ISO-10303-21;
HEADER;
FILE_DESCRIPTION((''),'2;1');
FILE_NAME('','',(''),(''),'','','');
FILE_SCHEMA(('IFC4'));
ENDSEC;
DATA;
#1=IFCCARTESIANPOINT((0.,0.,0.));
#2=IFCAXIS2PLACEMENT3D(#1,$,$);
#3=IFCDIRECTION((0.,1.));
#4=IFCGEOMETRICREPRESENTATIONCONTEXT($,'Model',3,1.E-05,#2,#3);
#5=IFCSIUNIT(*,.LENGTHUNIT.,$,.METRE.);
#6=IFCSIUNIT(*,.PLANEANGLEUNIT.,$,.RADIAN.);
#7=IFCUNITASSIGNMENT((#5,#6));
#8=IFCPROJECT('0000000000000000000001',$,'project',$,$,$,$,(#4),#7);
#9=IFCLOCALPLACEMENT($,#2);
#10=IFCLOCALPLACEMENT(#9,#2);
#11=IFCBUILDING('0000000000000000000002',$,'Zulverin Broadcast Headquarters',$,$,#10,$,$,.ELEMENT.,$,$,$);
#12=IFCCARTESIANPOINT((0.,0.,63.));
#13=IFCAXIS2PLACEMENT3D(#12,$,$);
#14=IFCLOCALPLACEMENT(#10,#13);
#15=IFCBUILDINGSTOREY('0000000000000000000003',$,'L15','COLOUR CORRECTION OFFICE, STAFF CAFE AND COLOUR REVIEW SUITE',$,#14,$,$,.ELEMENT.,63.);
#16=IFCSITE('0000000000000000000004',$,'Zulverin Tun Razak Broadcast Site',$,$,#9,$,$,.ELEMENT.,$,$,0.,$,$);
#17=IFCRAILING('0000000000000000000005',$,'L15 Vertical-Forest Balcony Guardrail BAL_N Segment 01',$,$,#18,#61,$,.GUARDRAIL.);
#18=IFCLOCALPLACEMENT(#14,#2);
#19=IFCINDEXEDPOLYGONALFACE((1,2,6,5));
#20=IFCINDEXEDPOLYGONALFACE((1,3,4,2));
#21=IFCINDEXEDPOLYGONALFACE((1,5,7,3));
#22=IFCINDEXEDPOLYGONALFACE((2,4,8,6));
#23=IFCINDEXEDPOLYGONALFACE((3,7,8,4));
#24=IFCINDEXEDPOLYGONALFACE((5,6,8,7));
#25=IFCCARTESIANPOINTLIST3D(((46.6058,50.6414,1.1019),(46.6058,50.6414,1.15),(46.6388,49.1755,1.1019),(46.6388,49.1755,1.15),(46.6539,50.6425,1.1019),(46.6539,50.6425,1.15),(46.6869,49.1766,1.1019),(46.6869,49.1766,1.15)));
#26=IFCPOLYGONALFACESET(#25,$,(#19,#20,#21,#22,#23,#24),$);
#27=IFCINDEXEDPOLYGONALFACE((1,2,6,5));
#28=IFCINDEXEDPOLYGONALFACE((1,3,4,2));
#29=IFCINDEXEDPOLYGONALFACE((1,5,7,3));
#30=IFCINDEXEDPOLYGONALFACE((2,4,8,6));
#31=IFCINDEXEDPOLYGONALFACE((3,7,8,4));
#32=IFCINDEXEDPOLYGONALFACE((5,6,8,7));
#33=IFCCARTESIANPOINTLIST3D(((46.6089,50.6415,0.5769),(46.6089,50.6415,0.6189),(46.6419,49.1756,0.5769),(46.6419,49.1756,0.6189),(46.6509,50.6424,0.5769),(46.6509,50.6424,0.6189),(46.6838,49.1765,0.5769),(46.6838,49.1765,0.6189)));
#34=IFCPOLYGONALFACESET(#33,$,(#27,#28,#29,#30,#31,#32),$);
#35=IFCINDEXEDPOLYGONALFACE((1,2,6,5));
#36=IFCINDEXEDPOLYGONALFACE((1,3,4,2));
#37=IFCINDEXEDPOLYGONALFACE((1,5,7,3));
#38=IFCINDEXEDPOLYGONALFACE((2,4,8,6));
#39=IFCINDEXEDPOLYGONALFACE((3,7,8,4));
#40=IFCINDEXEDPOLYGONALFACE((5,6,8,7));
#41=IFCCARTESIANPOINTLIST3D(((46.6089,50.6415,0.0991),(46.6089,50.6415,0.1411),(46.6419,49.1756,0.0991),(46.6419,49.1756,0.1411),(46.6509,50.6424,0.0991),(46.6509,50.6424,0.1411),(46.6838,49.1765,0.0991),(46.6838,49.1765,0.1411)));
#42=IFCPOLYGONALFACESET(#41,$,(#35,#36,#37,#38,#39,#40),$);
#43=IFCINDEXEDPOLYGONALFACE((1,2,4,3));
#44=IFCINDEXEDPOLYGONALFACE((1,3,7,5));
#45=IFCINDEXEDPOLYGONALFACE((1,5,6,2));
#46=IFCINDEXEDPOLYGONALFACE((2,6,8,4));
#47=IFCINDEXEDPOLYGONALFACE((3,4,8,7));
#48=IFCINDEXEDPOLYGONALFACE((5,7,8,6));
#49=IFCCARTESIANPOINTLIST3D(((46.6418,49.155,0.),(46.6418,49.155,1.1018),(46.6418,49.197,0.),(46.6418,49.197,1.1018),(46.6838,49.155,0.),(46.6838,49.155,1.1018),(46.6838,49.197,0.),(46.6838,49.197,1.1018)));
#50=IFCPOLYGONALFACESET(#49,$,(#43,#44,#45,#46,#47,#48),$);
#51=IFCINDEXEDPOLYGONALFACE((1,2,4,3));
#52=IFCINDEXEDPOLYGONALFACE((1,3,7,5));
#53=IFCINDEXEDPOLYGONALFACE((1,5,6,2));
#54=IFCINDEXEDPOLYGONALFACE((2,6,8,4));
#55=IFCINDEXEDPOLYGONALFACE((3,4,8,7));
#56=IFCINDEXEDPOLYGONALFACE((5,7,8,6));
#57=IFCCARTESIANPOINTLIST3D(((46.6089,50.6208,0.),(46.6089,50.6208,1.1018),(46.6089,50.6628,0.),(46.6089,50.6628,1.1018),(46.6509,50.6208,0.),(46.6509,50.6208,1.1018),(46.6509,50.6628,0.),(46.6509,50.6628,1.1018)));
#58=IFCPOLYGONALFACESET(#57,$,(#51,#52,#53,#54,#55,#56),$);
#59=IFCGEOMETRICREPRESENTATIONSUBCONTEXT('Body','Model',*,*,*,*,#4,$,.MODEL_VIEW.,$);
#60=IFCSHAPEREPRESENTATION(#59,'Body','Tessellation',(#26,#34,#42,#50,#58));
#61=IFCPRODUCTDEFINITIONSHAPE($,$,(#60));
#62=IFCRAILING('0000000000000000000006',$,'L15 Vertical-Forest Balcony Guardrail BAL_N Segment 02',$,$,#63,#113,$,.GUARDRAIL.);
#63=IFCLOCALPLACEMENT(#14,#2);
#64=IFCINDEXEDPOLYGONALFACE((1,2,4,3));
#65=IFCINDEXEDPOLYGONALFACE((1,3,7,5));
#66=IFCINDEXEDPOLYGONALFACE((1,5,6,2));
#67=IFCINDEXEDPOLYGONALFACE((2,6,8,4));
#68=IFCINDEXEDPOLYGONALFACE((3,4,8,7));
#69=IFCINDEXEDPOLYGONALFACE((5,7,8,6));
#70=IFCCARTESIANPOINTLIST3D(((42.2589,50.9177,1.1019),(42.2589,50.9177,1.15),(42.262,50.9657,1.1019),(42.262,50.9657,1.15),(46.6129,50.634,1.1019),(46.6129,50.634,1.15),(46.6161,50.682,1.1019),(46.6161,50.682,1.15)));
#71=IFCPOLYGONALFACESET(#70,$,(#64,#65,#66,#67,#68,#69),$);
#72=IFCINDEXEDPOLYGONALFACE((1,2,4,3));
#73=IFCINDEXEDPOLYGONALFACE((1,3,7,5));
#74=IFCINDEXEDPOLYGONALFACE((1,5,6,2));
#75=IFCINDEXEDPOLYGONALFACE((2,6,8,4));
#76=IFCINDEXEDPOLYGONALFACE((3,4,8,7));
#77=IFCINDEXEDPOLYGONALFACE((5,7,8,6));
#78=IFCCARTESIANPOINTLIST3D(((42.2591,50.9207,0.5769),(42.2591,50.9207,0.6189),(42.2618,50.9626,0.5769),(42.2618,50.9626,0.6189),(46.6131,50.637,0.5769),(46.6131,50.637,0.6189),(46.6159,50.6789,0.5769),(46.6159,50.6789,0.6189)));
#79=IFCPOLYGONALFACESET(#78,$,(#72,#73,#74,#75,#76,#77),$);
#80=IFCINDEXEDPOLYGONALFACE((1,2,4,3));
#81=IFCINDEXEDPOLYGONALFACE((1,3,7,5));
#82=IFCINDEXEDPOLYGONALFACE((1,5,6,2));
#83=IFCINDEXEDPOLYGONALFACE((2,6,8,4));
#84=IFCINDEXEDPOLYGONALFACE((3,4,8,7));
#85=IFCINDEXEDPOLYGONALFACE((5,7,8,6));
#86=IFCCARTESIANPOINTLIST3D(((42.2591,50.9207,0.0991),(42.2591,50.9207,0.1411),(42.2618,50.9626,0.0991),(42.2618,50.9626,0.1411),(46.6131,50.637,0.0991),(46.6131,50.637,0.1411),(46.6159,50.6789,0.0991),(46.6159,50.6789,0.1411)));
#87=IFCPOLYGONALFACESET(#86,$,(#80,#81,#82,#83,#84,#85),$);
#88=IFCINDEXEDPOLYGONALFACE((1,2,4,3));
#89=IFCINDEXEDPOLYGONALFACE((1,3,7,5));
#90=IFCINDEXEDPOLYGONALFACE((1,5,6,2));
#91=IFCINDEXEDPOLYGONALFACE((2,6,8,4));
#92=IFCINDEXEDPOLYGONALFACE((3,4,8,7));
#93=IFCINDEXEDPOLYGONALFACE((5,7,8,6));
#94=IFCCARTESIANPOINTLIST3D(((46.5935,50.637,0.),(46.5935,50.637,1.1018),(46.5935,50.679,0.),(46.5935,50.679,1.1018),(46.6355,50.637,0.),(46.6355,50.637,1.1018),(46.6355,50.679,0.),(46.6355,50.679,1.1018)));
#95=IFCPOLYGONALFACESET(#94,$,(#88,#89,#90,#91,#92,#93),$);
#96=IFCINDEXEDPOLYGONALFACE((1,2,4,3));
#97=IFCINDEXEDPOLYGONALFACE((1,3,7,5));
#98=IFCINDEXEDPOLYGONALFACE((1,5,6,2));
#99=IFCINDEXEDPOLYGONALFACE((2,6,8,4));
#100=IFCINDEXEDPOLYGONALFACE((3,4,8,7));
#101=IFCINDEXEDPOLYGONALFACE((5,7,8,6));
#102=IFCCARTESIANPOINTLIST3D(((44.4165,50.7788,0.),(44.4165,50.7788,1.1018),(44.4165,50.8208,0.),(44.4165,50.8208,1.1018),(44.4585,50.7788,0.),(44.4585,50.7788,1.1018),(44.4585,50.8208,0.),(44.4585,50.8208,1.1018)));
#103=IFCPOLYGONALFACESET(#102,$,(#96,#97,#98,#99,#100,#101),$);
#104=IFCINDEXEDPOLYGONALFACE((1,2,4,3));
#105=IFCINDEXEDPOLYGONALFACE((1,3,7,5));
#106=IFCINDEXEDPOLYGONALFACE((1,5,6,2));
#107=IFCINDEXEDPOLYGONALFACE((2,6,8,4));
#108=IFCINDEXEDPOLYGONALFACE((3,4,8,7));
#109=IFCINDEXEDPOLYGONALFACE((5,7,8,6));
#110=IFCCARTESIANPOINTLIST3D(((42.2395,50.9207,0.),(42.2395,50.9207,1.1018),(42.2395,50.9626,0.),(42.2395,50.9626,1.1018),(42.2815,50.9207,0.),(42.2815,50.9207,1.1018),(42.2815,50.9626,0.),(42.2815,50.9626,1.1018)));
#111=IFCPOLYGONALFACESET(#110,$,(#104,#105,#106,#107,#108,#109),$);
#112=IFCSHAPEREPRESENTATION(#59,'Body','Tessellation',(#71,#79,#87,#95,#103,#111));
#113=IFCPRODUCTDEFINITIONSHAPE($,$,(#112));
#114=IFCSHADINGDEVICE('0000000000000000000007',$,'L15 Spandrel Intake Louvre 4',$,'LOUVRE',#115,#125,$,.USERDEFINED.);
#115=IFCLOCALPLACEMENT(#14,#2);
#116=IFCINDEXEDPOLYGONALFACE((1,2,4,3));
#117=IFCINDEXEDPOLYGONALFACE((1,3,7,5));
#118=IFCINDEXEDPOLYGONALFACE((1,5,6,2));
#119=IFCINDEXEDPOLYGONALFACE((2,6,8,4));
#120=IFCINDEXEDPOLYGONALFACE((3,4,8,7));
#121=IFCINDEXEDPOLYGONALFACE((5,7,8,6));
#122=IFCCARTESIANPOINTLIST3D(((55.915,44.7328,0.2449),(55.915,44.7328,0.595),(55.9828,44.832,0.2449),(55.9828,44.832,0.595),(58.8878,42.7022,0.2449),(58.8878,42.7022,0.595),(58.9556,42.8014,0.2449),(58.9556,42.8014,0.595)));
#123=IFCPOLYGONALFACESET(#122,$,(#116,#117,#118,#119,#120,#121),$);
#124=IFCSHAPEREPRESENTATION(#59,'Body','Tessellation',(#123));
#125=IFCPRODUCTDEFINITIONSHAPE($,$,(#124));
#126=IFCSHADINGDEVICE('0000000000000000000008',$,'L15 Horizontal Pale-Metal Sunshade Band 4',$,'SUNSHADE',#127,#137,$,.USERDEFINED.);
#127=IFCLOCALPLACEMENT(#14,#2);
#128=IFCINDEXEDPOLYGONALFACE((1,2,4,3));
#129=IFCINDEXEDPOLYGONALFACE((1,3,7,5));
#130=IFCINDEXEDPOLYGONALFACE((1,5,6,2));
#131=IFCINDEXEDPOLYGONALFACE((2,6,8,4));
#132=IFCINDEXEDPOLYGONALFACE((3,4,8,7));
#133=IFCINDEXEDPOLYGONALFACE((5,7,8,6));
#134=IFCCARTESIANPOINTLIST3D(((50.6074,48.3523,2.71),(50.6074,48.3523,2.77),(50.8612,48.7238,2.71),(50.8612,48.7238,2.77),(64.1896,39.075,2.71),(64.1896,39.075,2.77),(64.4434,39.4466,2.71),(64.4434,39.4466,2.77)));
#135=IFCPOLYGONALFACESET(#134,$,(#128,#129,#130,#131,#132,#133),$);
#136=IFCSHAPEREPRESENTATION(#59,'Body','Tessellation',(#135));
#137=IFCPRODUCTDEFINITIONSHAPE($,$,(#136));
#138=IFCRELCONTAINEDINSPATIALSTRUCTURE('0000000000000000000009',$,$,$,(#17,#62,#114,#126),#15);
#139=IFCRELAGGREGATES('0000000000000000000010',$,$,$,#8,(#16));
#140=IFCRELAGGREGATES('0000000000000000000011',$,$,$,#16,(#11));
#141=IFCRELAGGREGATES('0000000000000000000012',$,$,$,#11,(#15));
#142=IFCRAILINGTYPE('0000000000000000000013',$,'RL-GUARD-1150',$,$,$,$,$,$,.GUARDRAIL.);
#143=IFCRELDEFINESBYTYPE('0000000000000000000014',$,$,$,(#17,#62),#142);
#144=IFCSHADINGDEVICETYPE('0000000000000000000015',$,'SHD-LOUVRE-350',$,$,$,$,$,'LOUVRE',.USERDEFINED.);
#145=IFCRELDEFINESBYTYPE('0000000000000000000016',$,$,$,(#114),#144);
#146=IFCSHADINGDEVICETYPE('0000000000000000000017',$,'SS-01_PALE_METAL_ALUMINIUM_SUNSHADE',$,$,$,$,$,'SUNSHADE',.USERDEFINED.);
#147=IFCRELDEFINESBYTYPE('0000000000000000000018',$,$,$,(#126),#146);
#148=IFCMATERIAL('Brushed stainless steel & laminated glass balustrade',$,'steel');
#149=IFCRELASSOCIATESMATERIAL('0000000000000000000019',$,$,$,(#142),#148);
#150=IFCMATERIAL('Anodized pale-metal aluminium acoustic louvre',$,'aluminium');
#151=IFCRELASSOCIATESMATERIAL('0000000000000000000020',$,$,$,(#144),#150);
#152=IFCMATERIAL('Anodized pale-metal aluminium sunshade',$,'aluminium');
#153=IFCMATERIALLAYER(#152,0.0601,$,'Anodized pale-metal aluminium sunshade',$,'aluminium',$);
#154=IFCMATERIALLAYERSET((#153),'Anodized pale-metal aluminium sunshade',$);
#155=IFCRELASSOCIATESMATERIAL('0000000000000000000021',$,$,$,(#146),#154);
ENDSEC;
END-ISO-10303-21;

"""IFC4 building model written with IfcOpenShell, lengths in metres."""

from ifc_helpers import new_model, si_unit, direction, frame, origin, origin_2d, place, context, subcontext, project, spatial, rectangle, extrude, material, layer, layer_set, type_object, element, save


model = new_model("IFC4")

# Units and contexts
model_context = context("Model", 3, precision=1e-05, world=origin(), true_north=direction((0.0, 1.0)))
body_context = subcontext(model_context, "Body", "Model", "MODEL_VIEW")
ifc_project = project(units=[si_unit("LENGTHUNIT", "METRE"), si_unit("PLANEANGLEUNIT", "RADIAN")], contexts=[model_context])

# Site, building, storey
site_placement = place(None, origin())
site = spatial("IfcSite", under=ifc_project, at=site_placement, Name="Zulverin Tun Razak Broadcast Site", CompositionType="ELEMENT", RefElevation=0.0)
building_placement = place(site_placement, origin())
building = spatial("IfcBuilding", under=site, at=building_placement, Name="Zulverin Broadcast Headquarters", CompositionType="ELEMENT")
storey_placement = place(building_placement, frame((0.0, 0.0, 63.0)))
storey = spatial("IfcBuildingStorey", under=building, at=storey_placement, Name="L15", Description="COLOUR CORRECTION OFFICE, STAFF CAFE AND COLOUR REVIEW SUITE", CompositionType="ELEMENT", Elevation=63.0)

# Railings
ifc_material_1 = material(Name="Brushed stainless steel & laminated glass balustrade", Category="steel")
railing_type = type_object("IfcRailingType", Name="RL-GUARD-1150", PredefinedType="GUARDRAIL", material=ifc_material_1)
railing_1_placement = place(storey_placement, frame((46.6628, 49.176, 0.0)))
element("IfcRailing", 1, at=railing_1_placement, inside=storey, type_object=railing_type, Name="L15 Vertical-Forest Balcony Guardrail BAL_N Segment 01", PredefinedType="GUARDRAIL", context=body_context, shape_type="SweptSolid", body=[
    extrude(rectangle(XDim=0.0481, YDim=0.0481, at=origin_2d()), frame((0.0, 0.0, 1.126), z_axis=(-0.022479, 0.999747, 0.0), x_axis=(-0.999747, -0.022479, 0.0)), (0.0, 0.0, 1.0), 1.4663),
    extrude(rectangle(XDim=0.042, YDim=0.042, at=origin_2d()), frame((0.0, 0.0, 0.5979), z_axis=(-0.022479, 0.999747, 0.0), x_axis=(-0.999747, -0.022479, 0.0)), (0.0, 0.0, 1.0), 1.4663),
    extrude(rectangle(XDim=0.042, YDim=0.042, at=origin_2d()), frame((0.0, 0.0, 0.1201), z_axis=(-0.022479, 0.999747, 0.0), x_axis=(-0.999747, -0.022479, 0.0)), (0.0, 0.0, 1.0), 1.4663),
    extrude(rectangle(XDim=0.042, YDim=0.042, at=origin_2d()), origin(), (0.0, 0.0, 1.0), 1.1018),
    extrude(rectangle(XDim=0.042, YDim=0.042, at=origin_2d()), frame((-0.033, 1.4658, 0.0)), (0.0, 0.0, 1.0), 1.1018),
])
railing_2_placement = place(storey_placement, frame((46.6145, 50.658, 0.0)))
element("IfcRailing", 2, at=railing_2_placement, inside=storey, type_object=railing_type, Name="L15 Vertical-Forest Balcony Guardrail BAL_N Segment 02", PredefinedType="GUARDRAIL", context=body_context, shape_type="SweptSolid", body=[
    extrude(rectangle(XDim=0.0481, YDim=0.0481, at=origin_2d()), frame((0.0, 0.0, 1.126), z_axis=(-0.997884, 0.065019, 0.0), x_axis=(-0.065019, -0.997884, 0.0)), (0.0, 0.0, 1.0), 4.3633),
    extrude(rectangle(XDim=0.042, YDim=0.042, at=origin_2d()), frame((0.0, 0.0, 0.5979), z_axis=(-0.997884, 0.065019, 0.0), x_axis=(-0.065019, -0.997884, 0.0)), (0.0, 0.0, 1.0), 4.3633),
    extrude(rectangle(XDim=0.042, YDim=0.042, at=origin_2d()), frame((0.0, 0.0, 0.1201), z_axis=(-0.997884, 0.065019, 0.0), x_axis=(-0.065019, -0.997884, 0.0)), (0.0, 0.0, 1.0), 4.3633),
    extrude(rectangle(XDim=0.042, YDim=0.042, at=origin_2d()), origin(), (0.0, 0.0, 1.0), 1.1018),
    extrude(rectangle(XDim=0.042, YDim=0.042, at=origin_2d()), frame((-2.177, 0.1418, 0.0)), (0.0, 0.0, 1.0), 1.1018),
    extrude(rectangle(XDim=0.042, YDim=0.042, at=origin_2d()), frame((-4.354, 0.2837, 0.0)), (0.0, 0.0, 1.0), 1.1018),
])

# Shading devices
ifc_material_2 = material(Name="Anodized pale-metal aluminium acoustic louvre", Category="aluminium")
shading_device_type_1 = type_object("IfcShadingDeviceType", Name="SHD-LOUVRE-350", ElementType="LOUVRE", PredefinedType="USERDEFINED", material=ifc_material_2)
shading_device_1_placement = place(storey_placement, frame((57.4353, 43.7671, 0.2449), z_axis=(0.0, 0.0, 1.0), x_axis=(-0.825757, 0.564026, 0.0)))
element("IfcShadingDevice", 3, at=shading_device_1_placement, inside=storey, type_object=shading_device_type_1, Name="L15 Spandrel Intake Louvre 4", ObjectType="LOUVRE", PredefinedType="USERDEFINED", context=body_context, shape_type="SweptSolid", body=[
    extrude(rectangle(XDim=3.6001, YDim=0.1201, at=origin_2d()), origin(), (0.0, 0.0, 1.0), 0.3501),
])
ifc_material_3 = material(Name="Anodized pale-metal aluminium sunshade", Category="aluminium")
ifc_layer_1 = layer(ifc_material_3, 0.0601, Name="Anodized pale-metal aluminium sunshade", Category="aluminium")
ifc_layer_set_1 = layer_set([ifc_layer_1], Name="Anodized pale-metal aluminium sunshade")
shading_device_type_2 = type_object("IfcShadingDeviceType", Name="SS-01_PALE_METAL_ALUMINIUM_SUNSHADE", ElementType="SUNSHADE", PredefinedType="USERDEFINED", material=ifc_layer_set_1)
shading_device_2_placement = place(storey_placement, frame((57.5254, 43.8994, 2.71), z_axis=(0.0, 0.0, 1.0), x_axis=(-0.825757, 0.564026, 0.0)))
element("IfcShadingDevice", 4, at=shading_device_2_placement, inside=storey, type_object=shading_device_type_2, Name="L15 Horizontal Pale-Metal Sunshade Band 4", ObjectType="SUNSHADE", PredefinedType="USERDEFINED", context=body_context, shape_type="SweptSolid", body=[
    extrude(rectangle(XDim=16.4482, YDim=0.45, at=origin_2d()), origin(), (0.0, 0.0, 1.0), 0.0601),
])

save(model, "model.ifc")
